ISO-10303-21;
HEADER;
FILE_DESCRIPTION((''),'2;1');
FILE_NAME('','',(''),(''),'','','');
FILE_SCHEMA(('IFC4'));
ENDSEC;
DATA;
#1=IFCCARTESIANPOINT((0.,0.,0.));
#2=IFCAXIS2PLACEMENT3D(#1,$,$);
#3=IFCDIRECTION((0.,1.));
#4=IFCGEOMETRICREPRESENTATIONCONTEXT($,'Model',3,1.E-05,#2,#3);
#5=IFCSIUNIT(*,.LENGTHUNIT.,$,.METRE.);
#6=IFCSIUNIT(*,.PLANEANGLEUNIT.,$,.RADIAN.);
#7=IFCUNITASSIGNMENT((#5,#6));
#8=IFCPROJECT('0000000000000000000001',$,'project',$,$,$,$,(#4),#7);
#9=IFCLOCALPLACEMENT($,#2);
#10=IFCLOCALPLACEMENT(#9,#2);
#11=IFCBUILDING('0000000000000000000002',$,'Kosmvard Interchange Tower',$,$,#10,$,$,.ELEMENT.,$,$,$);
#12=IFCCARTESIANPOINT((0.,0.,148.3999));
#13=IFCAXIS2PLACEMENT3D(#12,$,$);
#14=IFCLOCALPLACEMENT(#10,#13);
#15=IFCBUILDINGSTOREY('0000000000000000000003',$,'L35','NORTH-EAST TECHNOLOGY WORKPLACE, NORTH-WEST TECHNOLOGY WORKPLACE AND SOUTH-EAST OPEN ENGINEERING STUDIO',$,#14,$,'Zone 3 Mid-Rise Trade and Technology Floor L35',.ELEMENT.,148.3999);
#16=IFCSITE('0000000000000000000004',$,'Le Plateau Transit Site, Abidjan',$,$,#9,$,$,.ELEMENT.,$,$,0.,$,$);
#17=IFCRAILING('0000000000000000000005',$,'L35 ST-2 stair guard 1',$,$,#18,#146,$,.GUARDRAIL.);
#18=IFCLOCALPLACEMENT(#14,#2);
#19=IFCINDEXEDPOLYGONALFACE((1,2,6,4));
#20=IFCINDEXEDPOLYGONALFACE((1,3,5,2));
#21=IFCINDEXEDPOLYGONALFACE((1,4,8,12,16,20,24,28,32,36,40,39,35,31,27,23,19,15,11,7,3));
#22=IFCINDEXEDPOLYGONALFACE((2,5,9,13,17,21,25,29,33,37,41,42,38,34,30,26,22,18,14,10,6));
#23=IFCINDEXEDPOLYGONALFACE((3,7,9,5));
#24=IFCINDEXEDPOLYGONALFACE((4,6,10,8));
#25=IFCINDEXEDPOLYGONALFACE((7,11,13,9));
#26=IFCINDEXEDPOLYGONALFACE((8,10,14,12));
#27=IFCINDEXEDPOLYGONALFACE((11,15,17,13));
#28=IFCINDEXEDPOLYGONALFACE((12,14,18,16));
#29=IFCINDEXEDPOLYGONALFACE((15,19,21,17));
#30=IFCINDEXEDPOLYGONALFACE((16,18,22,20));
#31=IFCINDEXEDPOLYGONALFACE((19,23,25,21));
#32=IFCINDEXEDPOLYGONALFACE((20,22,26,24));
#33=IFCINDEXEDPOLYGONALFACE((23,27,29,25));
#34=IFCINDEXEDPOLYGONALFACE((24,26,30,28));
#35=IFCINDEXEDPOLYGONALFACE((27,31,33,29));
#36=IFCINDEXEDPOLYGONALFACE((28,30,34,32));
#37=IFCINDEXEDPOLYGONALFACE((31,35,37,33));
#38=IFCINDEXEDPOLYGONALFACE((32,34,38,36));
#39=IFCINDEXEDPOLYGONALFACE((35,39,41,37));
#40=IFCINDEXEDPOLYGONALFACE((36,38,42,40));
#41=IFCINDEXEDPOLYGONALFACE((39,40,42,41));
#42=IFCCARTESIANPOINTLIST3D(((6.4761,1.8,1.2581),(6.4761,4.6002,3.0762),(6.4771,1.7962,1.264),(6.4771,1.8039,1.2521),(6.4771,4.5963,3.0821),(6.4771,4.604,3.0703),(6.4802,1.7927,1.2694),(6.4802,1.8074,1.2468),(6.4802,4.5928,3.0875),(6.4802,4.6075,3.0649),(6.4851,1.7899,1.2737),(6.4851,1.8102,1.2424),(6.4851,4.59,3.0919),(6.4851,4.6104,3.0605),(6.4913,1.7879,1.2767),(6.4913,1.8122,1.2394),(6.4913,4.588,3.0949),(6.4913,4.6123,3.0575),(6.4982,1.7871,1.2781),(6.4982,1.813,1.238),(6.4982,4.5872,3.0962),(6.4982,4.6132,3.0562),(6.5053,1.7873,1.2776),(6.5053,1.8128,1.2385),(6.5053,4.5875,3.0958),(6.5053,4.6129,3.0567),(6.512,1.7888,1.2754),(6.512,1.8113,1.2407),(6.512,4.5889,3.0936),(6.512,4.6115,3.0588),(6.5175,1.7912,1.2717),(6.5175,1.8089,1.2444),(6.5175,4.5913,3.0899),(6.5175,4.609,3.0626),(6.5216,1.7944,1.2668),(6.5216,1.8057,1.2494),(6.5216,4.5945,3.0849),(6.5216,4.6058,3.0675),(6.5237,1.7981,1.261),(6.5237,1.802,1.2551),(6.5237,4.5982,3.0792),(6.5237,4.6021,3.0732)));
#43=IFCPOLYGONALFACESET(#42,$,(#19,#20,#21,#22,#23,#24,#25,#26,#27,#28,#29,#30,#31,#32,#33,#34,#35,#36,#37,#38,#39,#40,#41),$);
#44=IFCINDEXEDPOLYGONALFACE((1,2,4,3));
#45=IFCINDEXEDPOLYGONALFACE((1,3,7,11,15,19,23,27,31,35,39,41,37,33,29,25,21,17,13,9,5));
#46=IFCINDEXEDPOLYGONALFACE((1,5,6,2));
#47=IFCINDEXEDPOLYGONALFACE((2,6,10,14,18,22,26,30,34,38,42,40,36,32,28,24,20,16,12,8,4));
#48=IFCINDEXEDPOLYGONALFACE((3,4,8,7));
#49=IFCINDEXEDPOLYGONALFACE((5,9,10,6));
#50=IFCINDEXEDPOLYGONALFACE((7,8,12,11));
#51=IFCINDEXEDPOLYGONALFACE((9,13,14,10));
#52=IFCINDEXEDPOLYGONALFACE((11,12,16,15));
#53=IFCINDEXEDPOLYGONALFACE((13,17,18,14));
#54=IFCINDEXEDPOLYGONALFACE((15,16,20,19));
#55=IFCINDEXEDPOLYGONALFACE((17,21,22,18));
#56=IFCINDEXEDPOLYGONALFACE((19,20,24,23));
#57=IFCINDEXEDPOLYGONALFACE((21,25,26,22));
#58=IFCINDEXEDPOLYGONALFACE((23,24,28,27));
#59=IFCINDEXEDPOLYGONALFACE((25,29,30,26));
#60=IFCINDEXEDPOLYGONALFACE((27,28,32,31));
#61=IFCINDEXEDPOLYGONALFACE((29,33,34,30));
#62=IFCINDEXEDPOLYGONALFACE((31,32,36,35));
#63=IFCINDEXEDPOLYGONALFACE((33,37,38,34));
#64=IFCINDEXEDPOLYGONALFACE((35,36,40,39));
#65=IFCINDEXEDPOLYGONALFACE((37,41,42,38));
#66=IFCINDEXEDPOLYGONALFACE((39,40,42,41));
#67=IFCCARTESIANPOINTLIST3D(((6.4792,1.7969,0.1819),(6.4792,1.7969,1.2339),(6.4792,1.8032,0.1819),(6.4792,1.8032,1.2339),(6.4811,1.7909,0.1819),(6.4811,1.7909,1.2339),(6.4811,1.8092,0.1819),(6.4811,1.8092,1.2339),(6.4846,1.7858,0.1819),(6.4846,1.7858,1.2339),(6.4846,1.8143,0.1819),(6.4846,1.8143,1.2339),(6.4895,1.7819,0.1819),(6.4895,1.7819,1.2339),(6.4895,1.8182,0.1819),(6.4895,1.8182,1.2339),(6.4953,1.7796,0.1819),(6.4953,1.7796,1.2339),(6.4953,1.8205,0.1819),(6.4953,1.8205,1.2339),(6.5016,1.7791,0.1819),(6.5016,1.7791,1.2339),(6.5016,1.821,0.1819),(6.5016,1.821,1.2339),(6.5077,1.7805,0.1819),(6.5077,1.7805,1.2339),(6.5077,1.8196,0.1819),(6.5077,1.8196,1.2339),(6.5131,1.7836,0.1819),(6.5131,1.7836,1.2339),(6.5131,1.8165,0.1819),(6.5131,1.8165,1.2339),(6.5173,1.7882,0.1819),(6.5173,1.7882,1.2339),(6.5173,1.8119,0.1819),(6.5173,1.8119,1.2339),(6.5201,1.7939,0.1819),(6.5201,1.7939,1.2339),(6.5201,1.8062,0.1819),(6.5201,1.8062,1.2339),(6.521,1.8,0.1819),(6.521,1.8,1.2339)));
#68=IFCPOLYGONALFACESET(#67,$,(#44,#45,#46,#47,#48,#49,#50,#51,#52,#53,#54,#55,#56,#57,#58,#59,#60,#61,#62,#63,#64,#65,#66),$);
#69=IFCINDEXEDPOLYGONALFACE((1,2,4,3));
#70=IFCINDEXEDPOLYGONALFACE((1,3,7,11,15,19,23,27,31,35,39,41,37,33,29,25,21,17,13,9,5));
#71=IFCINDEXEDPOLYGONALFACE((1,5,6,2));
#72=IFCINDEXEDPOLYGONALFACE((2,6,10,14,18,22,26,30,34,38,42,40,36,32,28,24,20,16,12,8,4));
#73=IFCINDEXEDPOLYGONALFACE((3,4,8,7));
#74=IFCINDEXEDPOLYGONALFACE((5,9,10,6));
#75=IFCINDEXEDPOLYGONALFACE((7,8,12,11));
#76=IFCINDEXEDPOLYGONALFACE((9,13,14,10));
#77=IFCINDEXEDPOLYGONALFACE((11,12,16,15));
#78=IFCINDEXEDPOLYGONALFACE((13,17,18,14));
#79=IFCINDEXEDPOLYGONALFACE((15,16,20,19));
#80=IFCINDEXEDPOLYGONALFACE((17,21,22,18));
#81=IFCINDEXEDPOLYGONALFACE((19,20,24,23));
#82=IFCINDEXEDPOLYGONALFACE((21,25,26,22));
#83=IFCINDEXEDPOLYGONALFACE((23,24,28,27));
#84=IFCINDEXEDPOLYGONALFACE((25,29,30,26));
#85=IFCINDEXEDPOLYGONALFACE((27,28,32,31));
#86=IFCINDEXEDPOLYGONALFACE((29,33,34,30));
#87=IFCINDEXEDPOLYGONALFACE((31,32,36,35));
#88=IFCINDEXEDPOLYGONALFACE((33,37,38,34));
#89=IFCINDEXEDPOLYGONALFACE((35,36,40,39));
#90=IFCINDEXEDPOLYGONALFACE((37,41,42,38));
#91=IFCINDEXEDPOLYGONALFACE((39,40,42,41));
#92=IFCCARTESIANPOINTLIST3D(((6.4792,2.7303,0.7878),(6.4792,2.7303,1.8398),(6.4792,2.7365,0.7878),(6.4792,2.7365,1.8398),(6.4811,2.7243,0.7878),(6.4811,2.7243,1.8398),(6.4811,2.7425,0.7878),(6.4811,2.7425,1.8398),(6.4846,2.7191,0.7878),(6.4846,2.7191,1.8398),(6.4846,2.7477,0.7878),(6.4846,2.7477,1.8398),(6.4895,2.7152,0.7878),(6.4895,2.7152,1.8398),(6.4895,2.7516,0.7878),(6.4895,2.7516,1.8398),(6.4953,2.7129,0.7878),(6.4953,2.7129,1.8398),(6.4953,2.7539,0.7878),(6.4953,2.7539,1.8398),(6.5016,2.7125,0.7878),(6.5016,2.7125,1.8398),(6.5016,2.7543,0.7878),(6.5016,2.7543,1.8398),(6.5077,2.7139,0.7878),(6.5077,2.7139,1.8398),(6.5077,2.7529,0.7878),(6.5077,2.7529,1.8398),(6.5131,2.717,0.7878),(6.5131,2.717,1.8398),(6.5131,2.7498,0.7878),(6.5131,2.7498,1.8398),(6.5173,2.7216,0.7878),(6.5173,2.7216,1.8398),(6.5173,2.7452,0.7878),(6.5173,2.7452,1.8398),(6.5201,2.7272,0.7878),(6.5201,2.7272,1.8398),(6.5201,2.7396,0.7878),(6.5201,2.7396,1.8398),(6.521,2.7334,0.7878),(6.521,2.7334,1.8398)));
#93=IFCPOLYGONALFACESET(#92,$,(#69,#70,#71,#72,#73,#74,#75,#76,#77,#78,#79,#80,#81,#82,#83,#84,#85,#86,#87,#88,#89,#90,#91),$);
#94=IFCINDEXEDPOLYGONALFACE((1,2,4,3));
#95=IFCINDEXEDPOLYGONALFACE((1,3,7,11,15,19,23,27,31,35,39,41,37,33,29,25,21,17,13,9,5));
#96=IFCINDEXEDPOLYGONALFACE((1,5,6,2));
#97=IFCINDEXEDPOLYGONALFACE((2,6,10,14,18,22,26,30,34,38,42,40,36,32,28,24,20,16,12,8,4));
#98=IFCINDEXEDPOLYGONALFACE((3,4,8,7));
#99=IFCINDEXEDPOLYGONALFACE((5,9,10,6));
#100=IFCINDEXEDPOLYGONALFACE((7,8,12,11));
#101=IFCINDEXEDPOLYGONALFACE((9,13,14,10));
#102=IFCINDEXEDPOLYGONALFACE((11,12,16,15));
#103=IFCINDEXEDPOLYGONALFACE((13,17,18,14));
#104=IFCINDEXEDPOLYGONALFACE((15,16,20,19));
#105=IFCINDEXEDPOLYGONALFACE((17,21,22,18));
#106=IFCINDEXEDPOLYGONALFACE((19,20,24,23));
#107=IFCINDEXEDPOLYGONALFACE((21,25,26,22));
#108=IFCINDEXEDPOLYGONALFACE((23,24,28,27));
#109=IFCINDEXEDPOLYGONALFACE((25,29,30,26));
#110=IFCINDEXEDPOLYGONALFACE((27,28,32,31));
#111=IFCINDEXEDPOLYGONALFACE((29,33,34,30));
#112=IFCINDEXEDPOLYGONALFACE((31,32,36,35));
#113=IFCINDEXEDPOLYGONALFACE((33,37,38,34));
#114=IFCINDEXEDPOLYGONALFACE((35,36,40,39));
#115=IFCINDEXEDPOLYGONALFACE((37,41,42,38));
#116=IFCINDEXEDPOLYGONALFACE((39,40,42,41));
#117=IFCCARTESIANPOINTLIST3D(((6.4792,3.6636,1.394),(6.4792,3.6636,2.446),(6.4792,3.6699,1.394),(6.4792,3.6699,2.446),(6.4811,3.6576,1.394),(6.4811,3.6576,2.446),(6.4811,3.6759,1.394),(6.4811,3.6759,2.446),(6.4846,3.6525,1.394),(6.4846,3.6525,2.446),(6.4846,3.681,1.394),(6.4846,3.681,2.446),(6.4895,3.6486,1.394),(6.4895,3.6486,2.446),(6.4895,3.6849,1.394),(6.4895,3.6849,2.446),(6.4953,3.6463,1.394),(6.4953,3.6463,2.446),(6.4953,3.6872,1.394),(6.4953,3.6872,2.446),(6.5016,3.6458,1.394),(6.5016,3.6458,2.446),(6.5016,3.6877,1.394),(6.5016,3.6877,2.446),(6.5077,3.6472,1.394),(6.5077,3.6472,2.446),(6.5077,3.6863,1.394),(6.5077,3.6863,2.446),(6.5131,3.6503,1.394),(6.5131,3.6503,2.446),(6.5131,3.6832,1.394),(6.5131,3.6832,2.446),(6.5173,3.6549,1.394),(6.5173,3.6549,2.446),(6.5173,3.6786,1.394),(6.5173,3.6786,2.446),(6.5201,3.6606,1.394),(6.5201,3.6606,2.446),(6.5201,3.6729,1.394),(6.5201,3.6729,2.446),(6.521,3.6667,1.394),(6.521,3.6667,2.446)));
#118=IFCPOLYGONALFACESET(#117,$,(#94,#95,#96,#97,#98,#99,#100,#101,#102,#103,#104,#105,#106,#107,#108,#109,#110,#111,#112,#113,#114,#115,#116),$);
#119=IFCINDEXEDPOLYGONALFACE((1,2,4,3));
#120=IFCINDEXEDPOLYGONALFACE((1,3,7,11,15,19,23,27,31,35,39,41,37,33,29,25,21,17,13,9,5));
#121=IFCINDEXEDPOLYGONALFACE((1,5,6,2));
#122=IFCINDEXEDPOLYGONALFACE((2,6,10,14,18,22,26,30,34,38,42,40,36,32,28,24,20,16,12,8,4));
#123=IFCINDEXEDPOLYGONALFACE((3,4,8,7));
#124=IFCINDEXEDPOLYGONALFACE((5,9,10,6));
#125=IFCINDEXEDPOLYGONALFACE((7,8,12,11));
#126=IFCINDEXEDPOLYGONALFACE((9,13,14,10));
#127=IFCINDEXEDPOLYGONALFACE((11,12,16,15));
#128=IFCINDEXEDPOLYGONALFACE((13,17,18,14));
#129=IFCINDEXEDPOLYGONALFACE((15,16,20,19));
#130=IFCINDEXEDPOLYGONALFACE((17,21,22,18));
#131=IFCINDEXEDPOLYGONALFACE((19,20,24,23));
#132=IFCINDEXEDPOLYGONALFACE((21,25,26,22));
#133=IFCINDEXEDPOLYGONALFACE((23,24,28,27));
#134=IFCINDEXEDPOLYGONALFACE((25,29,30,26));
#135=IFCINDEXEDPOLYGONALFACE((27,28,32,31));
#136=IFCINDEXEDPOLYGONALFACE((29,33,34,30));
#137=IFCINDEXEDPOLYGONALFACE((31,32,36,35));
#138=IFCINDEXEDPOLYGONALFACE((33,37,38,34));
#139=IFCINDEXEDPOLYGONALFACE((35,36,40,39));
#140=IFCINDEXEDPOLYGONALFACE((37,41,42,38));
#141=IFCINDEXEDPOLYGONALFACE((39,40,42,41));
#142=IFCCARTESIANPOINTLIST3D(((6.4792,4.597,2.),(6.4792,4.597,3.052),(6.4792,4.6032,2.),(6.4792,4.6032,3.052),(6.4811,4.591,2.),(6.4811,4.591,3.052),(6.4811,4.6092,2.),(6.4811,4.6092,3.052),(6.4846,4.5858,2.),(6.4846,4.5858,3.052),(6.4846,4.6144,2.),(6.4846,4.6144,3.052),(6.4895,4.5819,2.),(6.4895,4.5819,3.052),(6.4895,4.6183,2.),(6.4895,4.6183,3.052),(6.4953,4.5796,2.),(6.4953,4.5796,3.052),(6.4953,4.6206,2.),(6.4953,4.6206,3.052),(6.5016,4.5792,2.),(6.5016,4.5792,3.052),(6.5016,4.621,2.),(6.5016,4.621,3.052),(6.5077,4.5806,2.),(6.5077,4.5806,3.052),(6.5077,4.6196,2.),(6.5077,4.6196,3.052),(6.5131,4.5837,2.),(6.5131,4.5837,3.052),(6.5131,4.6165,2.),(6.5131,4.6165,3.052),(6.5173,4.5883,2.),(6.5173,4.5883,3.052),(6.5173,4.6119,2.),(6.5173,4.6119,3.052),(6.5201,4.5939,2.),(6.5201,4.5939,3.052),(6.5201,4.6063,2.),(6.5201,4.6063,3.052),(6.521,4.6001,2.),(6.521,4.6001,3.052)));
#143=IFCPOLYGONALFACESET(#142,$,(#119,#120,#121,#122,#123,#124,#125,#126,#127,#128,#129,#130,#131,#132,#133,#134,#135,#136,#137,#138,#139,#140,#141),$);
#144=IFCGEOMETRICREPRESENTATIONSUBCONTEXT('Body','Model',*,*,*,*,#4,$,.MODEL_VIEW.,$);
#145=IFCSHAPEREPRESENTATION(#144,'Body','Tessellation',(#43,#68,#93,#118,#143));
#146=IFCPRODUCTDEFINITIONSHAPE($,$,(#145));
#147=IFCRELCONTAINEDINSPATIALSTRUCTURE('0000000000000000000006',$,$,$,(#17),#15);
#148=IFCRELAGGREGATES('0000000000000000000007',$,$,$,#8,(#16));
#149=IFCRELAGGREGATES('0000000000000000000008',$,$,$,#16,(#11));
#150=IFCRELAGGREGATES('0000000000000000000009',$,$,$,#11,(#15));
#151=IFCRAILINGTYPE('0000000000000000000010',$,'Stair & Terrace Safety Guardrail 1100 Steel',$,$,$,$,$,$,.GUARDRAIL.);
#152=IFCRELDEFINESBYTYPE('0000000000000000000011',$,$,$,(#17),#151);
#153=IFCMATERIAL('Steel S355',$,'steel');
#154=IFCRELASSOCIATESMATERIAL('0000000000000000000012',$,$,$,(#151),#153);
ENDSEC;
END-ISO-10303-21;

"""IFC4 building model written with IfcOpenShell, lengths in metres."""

from ifc_helpers import new_model, si_unit, direction, frame, origin, origin_2d, place, context, subcontext, project, spatial, circle, extrude, source, transform, mapped, material, type_object, element, save


model = new_model("IFC4")

# Units and contexts
model_context = context("Model", 3, precision=1e-05, world=origin(), true_north=direction((0.0, 1.0)))
body_context = subcontext(model_context, "Body", "Model", "MODEL_VIEW")
ifc_project = project(units=[si_unit("LENGTHUNIT", "METRE"), si_unit("PLANEANGLEUNIT", "RADIAN")], contexts=[model_context])

# Site, building, storey
site_placement = place(None, origin())
site = spatial("IfcSite", under=ifc_project, at=site_placement, Name="Le Plateau Transit Site, Abidjan", CompositionType="ELEMENT", RefElevation=0.0)
building_placement = place(site_placement, origin())
building = spatial("IfcBuilding", under=site, at=building_placement, Name="Kosmvard Interchange Tower", CompositionType="ELEMENT")
storey_placement = place(building_placement, frame((0.0, 0.0, 148.3999)))
storey = spatial("IfcBuildingStorey", under=building, at=storey_placement, Name="L35", Description="NORTH-EAST TECHNOLOGY WORKPLACE, NORTH-WEST TECHNOLOGY WORKPLACE AND SOUTH-EAST OPEN ENGINEERING STUDIO", LongName="Zone 3 Mid-Rise Trade and Technology Floor L35", CompositionType="ELEMENT", Elevation=148.3999)

# Railing
ifc_material_1 = material(Name="Steel S355", Category="steel")
railing_type_1 = type_object("IfcRailingType", Name="Stair & Terrace Safety Guardrail 1100 Steel", PredefinedType="GUARDRAIL", material=ifc_material_1)
shared_shape_1 = source(origin(), body_context, "Body", "SweptSolid", [
    extrude(circle(Radius=0.0239, at=origin_2d()), frame((0.0, 0.0, 1.0762), z_axis=(0.0, 0.838706, 0.544585), x_axis=(-1.0, 0.0, 0.0)), (0.0, 0.0, 1.0), 3.3386),
    extrude(circle(Radius=0.021, at=origin_2d()), origin(), (0.0, 0.0, 1.0), 1.052),
    extrude(circle(Radius=0.021, at=origin_2d()), frame((0.0, 0.9333, 0.606)), (0.0, 0.0, 1.0), 1.052),
    extrude(circle(Radius=0.021, at=origin_2d()), frame((0.0, 1.8667, 1.2122)), (0.0, 0.0, 1.0), 1.052),
    extrude(circle(Radius=0.021, at=origin_2d()), frame((0.0, 2.8, 1.8181)), (0.0, 0.0, 1.0), 1.052),
])
railing_1_placement = place(storey_placement, frame((6.5, 1.8, 0.1819)))
element("IfcRailing", 1, at=railing_1_placement, inside=storey, type_object=railing_type_1, Name="L35 ST-2 stair guard 1", PredefinedType="GUARDRAIL", context=body_context, shape_type="MappedRepresentation", body=[
    mapped(shared_shape_1, transform((0.0, 0.0, 0.0), scale=1.0)),
])

save(model, "model.ifc")
